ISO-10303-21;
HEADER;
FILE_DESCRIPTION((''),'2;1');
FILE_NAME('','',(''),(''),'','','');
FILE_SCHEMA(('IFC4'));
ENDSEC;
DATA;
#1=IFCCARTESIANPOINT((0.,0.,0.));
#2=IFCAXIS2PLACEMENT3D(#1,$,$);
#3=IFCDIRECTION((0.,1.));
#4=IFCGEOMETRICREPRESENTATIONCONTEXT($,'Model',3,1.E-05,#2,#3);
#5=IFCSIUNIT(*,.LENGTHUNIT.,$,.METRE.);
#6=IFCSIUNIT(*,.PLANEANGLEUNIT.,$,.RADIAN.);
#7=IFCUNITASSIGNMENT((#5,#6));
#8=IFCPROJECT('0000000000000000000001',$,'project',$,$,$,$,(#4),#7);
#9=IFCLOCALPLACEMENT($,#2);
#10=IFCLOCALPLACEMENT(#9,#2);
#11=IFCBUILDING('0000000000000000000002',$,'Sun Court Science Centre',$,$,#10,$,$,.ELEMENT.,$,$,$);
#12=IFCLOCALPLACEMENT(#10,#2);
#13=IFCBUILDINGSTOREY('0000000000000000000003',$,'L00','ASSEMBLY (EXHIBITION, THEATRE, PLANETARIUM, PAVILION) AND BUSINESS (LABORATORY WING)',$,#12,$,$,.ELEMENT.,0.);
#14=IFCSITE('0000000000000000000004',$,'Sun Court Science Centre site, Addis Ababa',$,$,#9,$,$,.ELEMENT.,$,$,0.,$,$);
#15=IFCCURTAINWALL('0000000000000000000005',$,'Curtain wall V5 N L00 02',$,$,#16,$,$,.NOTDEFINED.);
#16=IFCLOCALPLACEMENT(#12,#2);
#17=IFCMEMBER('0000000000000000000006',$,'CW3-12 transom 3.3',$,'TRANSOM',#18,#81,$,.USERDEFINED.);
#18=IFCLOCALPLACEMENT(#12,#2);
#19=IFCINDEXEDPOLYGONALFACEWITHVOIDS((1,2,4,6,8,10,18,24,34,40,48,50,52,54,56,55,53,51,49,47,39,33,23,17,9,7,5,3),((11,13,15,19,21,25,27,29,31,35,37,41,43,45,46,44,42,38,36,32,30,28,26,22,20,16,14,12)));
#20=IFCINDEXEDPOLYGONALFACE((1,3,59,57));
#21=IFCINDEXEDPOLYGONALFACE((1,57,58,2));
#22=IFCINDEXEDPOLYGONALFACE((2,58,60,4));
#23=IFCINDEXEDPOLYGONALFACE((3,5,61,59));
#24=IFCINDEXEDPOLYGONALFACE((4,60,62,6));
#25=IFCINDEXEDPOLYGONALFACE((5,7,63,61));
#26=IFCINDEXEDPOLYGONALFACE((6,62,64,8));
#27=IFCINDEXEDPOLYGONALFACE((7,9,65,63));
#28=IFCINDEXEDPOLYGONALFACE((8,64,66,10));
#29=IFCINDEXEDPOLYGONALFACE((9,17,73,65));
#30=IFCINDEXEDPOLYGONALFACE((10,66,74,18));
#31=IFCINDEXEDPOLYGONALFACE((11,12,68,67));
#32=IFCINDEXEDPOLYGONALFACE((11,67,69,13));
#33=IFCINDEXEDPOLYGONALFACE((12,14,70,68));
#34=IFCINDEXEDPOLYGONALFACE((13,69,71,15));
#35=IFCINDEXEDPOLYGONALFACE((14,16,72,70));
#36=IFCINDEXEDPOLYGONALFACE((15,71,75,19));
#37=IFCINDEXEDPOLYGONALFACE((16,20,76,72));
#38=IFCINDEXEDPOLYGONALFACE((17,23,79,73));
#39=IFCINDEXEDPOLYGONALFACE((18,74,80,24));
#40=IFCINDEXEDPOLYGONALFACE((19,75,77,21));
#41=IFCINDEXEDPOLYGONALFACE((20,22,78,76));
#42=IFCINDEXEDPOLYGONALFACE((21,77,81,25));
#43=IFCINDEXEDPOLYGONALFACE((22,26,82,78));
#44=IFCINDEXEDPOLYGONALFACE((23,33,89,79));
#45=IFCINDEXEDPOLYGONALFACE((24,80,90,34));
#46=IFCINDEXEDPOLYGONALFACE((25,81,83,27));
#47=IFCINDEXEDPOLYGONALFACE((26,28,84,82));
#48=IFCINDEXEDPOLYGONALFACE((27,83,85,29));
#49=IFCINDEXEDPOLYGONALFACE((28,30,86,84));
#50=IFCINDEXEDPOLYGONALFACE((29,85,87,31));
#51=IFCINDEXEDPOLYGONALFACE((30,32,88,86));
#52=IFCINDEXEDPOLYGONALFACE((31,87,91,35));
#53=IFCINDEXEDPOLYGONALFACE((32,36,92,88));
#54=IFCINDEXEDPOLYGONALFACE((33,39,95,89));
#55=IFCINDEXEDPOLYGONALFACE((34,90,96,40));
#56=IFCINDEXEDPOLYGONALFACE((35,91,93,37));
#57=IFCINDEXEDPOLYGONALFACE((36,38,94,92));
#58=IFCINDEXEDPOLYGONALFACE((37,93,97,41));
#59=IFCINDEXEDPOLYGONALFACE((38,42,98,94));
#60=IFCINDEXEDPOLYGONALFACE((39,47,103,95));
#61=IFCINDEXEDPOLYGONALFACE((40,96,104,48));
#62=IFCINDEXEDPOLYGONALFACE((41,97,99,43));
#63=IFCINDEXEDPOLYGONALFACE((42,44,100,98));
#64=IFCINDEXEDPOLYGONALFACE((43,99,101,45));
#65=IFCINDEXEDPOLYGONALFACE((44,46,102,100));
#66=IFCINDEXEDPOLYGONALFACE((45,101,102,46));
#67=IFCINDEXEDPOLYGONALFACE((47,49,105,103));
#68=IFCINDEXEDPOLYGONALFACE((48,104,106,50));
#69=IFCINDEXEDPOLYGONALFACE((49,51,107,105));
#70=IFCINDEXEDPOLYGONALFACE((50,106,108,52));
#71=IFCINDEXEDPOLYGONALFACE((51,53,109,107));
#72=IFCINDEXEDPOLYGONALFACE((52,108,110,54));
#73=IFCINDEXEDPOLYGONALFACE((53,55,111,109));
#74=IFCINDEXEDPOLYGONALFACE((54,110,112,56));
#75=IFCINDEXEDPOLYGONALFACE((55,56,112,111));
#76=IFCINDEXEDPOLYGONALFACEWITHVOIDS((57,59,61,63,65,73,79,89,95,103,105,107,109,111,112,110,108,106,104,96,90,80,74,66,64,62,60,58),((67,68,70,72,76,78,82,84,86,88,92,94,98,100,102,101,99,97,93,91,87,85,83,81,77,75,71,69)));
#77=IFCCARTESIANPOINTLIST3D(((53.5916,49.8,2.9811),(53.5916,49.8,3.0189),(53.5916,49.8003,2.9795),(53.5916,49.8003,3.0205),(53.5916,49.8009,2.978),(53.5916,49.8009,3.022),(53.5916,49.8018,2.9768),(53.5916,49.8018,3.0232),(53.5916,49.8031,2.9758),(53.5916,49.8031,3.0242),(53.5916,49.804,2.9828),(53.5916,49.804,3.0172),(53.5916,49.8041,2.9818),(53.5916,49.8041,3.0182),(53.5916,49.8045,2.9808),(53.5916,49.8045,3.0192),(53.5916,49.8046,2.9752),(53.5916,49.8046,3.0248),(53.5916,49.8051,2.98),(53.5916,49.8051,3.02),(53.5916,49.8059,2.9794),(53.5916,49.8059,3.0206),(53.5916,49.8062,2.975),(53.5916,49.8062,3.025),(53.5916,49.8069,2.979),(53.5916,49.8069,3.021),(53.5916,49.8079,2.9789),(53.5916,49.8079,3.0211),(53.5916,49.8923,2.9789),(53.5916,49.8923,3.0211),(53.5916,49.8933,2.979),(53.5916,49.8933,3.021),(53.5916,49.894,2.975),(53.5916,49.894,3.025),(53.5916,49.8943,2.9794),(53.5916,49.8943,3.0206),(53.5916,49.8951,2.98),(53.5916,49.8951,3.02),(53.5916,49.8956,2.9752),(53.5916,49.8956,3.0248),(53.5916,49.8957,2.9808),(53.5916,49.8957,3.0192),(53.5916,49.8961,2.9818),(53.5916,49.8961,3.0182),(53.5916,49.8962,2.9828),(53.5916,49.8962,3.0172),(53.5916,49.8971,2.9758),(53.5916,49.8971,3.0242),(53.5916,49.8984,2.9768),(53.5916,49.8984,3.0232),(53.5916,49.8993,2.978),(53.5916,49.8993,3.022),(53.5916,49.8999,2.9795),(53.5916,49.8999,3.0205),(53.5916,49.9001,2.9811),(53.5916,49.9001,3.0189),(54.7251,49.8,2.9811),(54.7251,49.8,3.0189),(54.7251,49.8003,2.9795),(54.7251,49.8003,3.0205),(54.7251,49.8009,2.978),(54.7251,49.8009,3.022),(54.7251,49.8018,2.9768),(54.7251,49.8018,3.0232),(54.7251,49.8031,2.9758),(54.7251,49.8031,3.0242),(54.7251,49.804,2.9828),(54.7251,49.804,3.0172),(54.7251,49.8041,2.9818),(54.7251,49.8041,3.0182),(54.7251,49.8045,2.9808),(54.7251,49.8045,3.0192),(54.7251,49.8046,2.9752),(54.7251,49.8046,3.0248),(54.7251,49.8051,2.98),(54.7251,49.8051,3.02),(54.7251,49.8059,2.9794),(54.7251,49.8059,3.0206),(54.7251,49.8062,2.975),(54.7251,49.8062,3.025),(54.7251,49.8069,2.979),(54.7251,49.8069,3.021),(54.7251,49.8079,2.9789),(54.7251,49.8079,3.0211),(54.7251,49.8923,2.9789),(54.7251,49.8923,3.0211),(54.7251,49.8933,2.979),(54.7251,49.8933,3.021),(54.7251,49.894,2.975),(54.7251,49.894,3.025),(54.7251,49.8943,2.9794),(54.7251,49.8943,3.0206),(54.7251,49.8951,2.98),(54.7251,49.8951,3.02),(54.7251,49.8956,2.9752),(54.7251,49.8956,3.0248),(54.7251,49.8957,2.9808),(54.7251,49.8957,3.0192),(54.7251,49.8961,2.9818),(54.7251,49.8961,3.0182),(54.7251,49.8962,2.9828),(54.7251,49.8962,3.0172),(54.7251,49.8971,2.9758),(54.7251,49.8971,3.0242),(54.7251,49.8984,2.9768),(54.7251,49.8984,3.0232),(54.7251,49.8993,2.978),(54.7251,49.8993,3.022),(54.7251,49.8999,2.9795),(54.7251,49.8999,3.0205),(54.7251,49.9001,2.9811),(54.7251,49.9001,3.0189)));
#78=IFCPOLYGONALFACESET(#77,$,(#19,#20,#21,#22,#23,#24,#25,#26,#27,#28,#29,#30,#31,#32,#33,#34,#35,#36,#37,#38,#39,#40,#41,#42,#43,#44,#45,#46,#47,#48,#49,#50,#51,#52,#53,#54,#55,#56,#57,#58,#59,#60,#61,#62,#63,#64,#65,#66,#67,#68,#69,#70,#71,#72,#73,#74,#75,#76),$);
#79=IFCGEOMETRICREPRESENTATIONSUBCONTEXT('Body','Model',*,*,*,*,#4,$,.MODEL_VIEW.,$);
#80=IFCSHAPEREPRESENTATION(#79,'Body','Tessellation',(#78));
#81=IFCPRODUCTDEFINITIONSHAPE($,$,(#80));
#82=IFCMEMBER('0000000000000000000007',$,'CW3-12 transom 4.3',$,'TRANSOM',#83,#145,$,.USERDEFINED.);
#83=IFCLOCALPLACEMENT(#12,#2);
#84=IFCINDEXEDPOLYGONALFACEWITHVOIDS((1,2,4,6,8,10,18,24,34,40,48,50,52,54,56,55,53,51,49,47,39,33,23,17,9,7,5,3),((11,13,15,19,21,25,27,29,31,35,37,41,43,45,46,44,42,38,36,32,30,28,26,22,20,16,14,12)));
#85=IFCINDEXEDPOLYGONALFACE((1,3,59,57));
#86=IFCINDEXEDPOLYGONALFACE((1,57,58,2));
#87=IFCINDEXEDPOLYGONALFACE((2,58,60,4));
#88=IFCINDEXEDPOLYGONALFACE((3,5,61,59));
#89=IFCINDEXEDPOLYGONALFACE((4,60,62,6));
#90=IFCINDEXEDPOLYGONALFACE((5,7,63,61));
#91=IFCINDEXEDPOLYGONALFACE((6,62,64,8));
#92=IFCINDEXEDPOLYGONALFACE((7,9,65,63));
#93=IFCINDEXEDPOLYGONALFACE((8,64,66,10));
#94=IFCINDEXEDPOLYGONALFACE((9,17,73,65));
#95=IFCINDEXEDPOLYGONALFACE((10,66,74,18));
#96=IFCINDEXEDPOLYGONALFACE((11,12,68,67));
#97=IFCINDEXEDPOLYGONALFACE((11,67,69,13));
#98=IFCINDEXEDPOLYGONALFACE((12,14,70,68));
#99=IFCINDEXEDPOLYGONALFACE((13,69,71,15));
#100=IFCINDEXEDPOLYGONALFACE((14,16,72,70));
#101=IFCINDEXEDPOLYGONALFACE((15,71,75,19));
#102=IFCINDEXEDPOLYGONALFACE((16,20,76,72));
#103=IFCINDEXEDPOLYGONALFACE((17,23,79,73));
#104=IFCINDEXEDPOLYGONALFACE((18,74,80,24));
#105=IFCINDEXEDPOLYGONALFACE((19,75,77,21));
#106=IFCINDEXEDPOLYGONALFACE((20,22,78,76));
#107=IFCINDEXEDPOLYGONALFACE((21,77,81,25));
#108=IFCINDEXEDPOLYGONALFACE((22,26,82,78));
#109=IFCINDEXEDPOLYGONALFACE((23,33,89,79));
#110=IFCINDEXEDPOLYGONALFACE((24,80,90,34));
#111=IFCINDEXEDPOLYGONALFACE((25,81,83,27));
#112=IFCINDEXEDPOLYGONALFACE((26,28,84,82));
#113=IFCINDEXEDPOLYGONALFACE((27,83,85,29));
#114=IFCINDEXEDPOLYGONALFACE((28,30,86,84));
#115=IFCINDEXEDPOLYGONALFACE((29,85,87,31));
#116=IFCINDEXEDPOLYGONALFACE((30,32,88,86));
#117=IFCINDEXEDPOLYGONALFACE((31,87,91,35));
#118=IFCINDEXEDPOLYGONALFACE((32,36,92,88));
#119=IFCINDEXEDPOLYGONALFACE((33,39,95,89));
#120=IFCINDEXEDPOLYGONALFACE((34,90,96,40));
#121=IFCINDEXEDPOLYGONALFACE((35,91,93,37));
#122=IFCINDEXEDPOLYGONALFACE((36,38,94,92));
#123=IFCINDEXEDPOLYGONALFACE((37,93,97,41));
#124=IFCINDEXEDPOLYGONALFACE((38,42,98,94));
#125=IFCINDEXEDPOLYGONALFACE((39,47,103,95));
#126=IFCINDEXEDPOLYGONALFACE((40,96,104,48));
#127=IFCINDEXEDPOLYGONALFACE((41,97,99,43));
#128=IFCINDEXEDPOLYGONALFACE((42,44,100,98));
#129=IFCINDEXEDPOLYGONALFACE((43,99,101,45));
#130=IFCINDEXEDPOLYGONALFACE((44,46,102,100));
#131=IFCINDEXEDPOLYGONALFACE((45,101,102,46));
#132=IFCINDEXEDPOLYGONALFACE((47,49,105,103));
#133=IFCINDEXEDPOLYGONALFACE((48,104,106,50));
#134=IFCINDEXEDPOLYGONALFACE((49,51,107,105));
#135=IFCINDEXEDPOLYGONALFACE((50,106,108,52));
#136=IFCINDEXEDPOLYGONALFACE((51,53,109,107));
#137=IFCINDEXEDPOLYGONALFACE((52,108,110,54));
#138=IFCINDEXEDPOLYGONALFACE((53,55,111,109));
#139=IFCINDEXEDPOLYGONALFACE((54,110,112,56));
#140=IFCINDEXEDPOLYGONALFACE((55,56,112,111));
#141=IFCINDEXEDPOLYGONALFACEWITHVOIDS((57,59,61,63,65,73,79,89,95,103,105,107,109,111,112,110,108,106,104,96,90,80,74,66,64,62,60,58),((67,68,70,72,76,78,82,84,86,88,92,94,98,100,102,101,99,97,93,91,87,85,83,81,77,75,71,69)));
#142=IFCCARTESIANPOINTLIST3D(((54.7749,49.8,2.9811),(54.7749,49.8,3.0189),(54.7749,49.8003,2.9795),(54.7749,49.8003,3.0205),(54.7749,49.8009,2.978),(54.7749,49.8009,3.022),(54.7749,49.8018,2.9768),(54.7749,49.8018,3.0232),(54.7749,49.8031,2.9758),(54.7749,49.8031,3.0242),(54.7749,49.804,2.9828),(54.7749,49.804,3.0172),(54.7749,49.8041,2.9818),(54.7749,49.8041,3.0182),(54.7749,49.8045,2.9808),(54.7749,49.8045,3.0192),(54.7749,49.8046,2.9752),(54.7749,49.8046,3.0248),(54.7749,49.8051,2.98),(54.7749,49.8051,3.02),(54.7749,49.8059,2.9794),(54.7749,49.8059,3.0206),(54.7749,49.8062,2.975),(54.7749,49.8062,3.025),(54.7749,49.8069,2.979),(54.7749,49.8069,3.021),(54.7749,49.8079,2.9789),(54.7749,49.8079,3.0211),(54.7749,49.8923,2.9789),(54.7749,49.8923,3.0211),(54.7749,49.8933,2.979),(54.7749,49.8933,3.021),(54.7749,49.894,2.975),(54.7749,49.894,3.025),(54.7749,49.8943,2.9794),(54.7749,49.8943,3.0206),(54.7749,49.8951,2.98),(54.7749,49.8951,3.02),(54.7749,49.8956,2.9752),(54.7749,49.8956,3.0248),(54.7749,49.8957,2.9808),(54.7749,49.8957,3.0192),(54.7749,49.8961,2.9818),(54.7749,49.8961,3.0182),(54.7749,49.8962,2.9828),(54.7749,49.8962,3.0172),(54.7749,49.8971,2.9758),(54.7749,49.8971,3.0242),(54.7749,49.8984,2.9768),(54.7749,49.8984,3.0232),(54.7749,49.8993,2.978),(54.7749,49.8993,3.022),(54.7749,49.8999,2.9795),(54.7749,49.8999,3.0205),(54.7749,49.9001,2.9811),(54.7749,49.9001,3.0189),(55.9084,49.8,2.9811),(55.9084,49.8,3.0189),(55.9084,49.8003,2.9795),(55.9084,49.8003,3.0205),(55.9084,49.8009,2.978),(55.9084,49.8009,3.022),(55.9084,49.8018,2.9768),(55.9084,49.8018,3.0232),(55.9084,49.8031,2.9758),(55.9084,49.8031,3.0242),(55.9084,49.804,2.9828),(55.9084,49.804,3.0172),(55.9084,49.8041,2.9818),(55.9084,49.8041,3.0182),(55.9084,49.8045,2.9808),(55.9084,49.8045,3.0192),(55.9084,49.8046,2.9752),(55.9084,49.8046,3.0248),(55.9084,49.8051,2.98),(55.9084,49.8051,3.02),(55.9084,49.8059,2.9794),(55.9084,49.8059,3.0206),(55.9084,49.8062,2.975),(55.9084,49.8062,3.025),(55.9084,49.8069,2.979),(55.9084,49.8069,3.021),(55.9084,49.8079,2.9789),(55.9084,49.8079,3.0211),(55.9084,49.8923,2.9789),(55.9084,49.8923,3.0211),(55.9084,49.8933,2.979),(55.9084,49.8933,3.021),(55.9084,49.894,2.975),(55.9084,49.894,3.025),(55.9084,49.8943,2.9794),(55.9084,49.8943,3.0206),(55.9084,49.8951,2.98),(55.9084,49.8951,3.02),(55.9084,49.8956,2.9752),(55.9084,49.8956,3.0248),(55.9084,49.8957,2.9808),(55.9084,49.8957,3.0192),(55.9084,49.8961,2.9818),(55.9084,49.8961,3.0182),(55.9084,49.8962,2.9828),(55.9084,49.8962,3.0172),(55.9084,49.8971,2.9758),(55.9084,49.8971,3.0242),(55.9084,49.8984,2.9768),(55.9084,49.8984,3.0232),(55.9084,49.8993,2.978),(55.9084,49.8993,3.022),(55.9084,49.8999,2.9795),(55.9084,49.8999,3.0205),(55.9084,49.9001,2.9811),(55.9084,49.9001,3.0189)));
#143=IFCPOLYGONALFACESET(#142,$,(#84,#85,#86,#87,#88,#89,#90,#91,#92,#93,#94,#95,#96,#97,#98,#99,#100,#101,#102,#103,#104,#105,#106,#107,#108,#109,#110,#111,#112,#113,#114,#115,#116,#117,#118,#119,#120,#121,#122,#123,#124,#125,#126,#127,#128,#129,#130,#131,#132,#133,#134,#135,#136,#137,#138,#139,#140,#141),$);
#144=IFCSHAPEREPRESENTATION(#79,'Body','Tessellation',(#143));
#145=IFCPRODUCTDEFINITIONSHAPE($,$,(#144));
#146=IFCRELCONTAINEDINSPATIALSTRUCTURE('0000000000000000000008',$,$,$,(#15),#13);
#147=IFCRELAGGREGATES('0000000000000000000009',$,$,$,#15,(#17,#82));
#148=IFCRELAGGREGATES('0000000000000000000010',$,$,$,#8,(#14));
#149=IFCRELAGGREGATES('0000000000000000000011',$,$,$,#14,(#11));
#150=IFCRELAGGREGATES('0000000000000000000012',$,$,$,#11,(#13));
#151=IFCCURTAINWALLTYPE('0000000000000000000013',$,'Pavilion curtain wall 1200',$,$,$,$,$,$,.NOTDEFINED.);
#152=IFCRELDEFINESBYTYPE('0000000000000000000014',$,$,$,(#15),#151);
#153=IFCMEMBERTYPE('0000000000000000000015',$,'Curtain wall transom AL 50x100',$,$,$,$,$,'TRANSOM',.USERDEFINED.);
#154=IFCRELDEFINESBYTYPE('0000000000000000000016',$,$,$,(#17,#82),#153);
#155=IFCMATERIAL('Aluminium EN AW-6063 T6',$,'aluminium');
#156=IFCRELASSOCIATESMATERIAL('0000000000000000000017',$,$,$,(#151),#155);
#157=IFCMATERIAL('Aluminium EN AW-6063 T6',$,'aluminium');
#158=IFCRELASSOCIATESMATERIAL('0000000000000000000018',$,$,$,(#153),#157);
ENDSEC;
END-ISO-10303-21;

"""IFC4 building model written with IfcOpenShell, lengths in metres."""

from ifc_helpers import new_model, si_unit, direction, frame, origin, origin_2d, place, context, subcontext, project, spatial, hollow_rectangle, extrude, material, material_profile, profile_set, type_object, element, aggregate, save


model = new_model("IFC4")

# Units and contexts
model_context = context("Model", 3, precision=1e-05, world=origin(), true_north=direction((0.0, 1.0)))
body_context = subcontext(model_context, "Body", "Model", "MODEL_VIEW")
ifc_project = project(units=[si_unit("LENGTHUNIT", "METRE"), si_unit("PLANEANGLEUNIT", "RADIAN")], contexts=[model_context])

# Site, building, storey
site_placement = place(None, origin())
site = spatial("IfcSite", under=ifc_project, at=site_placement, Name="Sun Court Science Centre site, Addis Ababa", CompositionType="ELEMENT", RefElevation=0.0)
building_placement = place(site_placement, origin())
building = spatial("IfcBuilding", under=site, at=building_placement, Name="Sun Court Science Centre", CompositionType="ELEMENT")
storey_placement = place(building_placement, origin())
storey = spatial("IfcBuildingStorey", under=building, at=storey_placement, Name="L00", Description="ASSEMBLY (EXHIBITION, THEATRE, PLANETARIUM, PAVILION) AND BUSINESS (LABORATORY WING)", CompositionType="ELEMENT", Elevation=0.0)

# Curtain wall, members
ifc_material_1 = material(Name="Aluminium EN AW-6063 T6", Category="aluminium")
curtain_wall_type = type_object("IfcCurtainWallType", Name="Pavilion curtain wall 1200", PredefinedType="NOTDEFINED", material=ifc_material_1)
curtain_wall_placement = place(storey_placement, origin())
curtain_wall = element("IfcCurtainWall", 1, at=curtain_wall_placement, inside=storey, type_object=curtain_wall_type, Name="Curtain wall V5 N L00 02", PredefinedType="NOTDEFINED")
ifc_material_2 = material(Name="Aluminium EN AW-6063 T6", Category="aluminium")
ifc_material_profile_1 = material_profile(ifc_material_2, hollow_rectangle(XDim=0.05, YDim=0.1001, WallThickness=0.0039, InnerFilletRadius=0.0039, OuterFilletRadius=0.0061, at=origin_2d()), Name="AL 50x100x4")
ifc_profile_set_1 = profile_set([ifc_material_profile_1], Name="Aluminium EN AW-6063 T6")
member_type_1 = type_object("IfcMemberType", Name="Curtain wall transom AL 50x100", ElementType="TRANSOM", PredefinedType="USERDEFINED", material=ifc_profile_set_1)
member_1_placement = place(storey_placement, frame((53.5916, 49.8501, 3.0), z_axis=(1.0, 0.0, 0.0), x_axis=(0.0, 0.0, 1.0)))
member_1 = element("IfcMember", 2, at=member_1_placement, type_object=member_type_1, Name="CW3-12 transom 3.3", ObjectType="TRANSOM", PredefinedType="USERDEFINED", context=body_context, shape_type="SweptSolid", body=[
    extrude(hollow_rectangle(XDim=0.05, YDim=0.1001, WallThickness=0.0039, InnerFilletRadius=0.0039, OuterFilletRadius=0.0061, at=origin_2d()), origin(), (0.0, 0.0, 1.0), 1.1335),
])
member_2_placement = place(storey_placement, frame((54.7749, 49.8501, 3.0), z_axis=(1.0, 0.0, 0.0), x_axis=(0.0, 0.0, 1.0)))
member_2 = element("IfcMember", 3, at=member_2_placement, type_object=member_type_1, Name="CW3-12 transom 4.3", ObjectType="TRANSOM", PredefinedType="USERDEFINED", context=body_context, shape_type="SweptSolid", body=[
    extrude(hollow_rectangle(XDim=0.05, YDim=0.1001, WallThickness=0.0039, InnerFilletRadius=0.0039, OuterFilletRadius=0.0061, at=origin_2d()), origin(), (0.0, 0.0, 1.0), 1.1335),
])
aggregate(curtain_wall, [member_1, member_2])

save(model, "model.ifc")
